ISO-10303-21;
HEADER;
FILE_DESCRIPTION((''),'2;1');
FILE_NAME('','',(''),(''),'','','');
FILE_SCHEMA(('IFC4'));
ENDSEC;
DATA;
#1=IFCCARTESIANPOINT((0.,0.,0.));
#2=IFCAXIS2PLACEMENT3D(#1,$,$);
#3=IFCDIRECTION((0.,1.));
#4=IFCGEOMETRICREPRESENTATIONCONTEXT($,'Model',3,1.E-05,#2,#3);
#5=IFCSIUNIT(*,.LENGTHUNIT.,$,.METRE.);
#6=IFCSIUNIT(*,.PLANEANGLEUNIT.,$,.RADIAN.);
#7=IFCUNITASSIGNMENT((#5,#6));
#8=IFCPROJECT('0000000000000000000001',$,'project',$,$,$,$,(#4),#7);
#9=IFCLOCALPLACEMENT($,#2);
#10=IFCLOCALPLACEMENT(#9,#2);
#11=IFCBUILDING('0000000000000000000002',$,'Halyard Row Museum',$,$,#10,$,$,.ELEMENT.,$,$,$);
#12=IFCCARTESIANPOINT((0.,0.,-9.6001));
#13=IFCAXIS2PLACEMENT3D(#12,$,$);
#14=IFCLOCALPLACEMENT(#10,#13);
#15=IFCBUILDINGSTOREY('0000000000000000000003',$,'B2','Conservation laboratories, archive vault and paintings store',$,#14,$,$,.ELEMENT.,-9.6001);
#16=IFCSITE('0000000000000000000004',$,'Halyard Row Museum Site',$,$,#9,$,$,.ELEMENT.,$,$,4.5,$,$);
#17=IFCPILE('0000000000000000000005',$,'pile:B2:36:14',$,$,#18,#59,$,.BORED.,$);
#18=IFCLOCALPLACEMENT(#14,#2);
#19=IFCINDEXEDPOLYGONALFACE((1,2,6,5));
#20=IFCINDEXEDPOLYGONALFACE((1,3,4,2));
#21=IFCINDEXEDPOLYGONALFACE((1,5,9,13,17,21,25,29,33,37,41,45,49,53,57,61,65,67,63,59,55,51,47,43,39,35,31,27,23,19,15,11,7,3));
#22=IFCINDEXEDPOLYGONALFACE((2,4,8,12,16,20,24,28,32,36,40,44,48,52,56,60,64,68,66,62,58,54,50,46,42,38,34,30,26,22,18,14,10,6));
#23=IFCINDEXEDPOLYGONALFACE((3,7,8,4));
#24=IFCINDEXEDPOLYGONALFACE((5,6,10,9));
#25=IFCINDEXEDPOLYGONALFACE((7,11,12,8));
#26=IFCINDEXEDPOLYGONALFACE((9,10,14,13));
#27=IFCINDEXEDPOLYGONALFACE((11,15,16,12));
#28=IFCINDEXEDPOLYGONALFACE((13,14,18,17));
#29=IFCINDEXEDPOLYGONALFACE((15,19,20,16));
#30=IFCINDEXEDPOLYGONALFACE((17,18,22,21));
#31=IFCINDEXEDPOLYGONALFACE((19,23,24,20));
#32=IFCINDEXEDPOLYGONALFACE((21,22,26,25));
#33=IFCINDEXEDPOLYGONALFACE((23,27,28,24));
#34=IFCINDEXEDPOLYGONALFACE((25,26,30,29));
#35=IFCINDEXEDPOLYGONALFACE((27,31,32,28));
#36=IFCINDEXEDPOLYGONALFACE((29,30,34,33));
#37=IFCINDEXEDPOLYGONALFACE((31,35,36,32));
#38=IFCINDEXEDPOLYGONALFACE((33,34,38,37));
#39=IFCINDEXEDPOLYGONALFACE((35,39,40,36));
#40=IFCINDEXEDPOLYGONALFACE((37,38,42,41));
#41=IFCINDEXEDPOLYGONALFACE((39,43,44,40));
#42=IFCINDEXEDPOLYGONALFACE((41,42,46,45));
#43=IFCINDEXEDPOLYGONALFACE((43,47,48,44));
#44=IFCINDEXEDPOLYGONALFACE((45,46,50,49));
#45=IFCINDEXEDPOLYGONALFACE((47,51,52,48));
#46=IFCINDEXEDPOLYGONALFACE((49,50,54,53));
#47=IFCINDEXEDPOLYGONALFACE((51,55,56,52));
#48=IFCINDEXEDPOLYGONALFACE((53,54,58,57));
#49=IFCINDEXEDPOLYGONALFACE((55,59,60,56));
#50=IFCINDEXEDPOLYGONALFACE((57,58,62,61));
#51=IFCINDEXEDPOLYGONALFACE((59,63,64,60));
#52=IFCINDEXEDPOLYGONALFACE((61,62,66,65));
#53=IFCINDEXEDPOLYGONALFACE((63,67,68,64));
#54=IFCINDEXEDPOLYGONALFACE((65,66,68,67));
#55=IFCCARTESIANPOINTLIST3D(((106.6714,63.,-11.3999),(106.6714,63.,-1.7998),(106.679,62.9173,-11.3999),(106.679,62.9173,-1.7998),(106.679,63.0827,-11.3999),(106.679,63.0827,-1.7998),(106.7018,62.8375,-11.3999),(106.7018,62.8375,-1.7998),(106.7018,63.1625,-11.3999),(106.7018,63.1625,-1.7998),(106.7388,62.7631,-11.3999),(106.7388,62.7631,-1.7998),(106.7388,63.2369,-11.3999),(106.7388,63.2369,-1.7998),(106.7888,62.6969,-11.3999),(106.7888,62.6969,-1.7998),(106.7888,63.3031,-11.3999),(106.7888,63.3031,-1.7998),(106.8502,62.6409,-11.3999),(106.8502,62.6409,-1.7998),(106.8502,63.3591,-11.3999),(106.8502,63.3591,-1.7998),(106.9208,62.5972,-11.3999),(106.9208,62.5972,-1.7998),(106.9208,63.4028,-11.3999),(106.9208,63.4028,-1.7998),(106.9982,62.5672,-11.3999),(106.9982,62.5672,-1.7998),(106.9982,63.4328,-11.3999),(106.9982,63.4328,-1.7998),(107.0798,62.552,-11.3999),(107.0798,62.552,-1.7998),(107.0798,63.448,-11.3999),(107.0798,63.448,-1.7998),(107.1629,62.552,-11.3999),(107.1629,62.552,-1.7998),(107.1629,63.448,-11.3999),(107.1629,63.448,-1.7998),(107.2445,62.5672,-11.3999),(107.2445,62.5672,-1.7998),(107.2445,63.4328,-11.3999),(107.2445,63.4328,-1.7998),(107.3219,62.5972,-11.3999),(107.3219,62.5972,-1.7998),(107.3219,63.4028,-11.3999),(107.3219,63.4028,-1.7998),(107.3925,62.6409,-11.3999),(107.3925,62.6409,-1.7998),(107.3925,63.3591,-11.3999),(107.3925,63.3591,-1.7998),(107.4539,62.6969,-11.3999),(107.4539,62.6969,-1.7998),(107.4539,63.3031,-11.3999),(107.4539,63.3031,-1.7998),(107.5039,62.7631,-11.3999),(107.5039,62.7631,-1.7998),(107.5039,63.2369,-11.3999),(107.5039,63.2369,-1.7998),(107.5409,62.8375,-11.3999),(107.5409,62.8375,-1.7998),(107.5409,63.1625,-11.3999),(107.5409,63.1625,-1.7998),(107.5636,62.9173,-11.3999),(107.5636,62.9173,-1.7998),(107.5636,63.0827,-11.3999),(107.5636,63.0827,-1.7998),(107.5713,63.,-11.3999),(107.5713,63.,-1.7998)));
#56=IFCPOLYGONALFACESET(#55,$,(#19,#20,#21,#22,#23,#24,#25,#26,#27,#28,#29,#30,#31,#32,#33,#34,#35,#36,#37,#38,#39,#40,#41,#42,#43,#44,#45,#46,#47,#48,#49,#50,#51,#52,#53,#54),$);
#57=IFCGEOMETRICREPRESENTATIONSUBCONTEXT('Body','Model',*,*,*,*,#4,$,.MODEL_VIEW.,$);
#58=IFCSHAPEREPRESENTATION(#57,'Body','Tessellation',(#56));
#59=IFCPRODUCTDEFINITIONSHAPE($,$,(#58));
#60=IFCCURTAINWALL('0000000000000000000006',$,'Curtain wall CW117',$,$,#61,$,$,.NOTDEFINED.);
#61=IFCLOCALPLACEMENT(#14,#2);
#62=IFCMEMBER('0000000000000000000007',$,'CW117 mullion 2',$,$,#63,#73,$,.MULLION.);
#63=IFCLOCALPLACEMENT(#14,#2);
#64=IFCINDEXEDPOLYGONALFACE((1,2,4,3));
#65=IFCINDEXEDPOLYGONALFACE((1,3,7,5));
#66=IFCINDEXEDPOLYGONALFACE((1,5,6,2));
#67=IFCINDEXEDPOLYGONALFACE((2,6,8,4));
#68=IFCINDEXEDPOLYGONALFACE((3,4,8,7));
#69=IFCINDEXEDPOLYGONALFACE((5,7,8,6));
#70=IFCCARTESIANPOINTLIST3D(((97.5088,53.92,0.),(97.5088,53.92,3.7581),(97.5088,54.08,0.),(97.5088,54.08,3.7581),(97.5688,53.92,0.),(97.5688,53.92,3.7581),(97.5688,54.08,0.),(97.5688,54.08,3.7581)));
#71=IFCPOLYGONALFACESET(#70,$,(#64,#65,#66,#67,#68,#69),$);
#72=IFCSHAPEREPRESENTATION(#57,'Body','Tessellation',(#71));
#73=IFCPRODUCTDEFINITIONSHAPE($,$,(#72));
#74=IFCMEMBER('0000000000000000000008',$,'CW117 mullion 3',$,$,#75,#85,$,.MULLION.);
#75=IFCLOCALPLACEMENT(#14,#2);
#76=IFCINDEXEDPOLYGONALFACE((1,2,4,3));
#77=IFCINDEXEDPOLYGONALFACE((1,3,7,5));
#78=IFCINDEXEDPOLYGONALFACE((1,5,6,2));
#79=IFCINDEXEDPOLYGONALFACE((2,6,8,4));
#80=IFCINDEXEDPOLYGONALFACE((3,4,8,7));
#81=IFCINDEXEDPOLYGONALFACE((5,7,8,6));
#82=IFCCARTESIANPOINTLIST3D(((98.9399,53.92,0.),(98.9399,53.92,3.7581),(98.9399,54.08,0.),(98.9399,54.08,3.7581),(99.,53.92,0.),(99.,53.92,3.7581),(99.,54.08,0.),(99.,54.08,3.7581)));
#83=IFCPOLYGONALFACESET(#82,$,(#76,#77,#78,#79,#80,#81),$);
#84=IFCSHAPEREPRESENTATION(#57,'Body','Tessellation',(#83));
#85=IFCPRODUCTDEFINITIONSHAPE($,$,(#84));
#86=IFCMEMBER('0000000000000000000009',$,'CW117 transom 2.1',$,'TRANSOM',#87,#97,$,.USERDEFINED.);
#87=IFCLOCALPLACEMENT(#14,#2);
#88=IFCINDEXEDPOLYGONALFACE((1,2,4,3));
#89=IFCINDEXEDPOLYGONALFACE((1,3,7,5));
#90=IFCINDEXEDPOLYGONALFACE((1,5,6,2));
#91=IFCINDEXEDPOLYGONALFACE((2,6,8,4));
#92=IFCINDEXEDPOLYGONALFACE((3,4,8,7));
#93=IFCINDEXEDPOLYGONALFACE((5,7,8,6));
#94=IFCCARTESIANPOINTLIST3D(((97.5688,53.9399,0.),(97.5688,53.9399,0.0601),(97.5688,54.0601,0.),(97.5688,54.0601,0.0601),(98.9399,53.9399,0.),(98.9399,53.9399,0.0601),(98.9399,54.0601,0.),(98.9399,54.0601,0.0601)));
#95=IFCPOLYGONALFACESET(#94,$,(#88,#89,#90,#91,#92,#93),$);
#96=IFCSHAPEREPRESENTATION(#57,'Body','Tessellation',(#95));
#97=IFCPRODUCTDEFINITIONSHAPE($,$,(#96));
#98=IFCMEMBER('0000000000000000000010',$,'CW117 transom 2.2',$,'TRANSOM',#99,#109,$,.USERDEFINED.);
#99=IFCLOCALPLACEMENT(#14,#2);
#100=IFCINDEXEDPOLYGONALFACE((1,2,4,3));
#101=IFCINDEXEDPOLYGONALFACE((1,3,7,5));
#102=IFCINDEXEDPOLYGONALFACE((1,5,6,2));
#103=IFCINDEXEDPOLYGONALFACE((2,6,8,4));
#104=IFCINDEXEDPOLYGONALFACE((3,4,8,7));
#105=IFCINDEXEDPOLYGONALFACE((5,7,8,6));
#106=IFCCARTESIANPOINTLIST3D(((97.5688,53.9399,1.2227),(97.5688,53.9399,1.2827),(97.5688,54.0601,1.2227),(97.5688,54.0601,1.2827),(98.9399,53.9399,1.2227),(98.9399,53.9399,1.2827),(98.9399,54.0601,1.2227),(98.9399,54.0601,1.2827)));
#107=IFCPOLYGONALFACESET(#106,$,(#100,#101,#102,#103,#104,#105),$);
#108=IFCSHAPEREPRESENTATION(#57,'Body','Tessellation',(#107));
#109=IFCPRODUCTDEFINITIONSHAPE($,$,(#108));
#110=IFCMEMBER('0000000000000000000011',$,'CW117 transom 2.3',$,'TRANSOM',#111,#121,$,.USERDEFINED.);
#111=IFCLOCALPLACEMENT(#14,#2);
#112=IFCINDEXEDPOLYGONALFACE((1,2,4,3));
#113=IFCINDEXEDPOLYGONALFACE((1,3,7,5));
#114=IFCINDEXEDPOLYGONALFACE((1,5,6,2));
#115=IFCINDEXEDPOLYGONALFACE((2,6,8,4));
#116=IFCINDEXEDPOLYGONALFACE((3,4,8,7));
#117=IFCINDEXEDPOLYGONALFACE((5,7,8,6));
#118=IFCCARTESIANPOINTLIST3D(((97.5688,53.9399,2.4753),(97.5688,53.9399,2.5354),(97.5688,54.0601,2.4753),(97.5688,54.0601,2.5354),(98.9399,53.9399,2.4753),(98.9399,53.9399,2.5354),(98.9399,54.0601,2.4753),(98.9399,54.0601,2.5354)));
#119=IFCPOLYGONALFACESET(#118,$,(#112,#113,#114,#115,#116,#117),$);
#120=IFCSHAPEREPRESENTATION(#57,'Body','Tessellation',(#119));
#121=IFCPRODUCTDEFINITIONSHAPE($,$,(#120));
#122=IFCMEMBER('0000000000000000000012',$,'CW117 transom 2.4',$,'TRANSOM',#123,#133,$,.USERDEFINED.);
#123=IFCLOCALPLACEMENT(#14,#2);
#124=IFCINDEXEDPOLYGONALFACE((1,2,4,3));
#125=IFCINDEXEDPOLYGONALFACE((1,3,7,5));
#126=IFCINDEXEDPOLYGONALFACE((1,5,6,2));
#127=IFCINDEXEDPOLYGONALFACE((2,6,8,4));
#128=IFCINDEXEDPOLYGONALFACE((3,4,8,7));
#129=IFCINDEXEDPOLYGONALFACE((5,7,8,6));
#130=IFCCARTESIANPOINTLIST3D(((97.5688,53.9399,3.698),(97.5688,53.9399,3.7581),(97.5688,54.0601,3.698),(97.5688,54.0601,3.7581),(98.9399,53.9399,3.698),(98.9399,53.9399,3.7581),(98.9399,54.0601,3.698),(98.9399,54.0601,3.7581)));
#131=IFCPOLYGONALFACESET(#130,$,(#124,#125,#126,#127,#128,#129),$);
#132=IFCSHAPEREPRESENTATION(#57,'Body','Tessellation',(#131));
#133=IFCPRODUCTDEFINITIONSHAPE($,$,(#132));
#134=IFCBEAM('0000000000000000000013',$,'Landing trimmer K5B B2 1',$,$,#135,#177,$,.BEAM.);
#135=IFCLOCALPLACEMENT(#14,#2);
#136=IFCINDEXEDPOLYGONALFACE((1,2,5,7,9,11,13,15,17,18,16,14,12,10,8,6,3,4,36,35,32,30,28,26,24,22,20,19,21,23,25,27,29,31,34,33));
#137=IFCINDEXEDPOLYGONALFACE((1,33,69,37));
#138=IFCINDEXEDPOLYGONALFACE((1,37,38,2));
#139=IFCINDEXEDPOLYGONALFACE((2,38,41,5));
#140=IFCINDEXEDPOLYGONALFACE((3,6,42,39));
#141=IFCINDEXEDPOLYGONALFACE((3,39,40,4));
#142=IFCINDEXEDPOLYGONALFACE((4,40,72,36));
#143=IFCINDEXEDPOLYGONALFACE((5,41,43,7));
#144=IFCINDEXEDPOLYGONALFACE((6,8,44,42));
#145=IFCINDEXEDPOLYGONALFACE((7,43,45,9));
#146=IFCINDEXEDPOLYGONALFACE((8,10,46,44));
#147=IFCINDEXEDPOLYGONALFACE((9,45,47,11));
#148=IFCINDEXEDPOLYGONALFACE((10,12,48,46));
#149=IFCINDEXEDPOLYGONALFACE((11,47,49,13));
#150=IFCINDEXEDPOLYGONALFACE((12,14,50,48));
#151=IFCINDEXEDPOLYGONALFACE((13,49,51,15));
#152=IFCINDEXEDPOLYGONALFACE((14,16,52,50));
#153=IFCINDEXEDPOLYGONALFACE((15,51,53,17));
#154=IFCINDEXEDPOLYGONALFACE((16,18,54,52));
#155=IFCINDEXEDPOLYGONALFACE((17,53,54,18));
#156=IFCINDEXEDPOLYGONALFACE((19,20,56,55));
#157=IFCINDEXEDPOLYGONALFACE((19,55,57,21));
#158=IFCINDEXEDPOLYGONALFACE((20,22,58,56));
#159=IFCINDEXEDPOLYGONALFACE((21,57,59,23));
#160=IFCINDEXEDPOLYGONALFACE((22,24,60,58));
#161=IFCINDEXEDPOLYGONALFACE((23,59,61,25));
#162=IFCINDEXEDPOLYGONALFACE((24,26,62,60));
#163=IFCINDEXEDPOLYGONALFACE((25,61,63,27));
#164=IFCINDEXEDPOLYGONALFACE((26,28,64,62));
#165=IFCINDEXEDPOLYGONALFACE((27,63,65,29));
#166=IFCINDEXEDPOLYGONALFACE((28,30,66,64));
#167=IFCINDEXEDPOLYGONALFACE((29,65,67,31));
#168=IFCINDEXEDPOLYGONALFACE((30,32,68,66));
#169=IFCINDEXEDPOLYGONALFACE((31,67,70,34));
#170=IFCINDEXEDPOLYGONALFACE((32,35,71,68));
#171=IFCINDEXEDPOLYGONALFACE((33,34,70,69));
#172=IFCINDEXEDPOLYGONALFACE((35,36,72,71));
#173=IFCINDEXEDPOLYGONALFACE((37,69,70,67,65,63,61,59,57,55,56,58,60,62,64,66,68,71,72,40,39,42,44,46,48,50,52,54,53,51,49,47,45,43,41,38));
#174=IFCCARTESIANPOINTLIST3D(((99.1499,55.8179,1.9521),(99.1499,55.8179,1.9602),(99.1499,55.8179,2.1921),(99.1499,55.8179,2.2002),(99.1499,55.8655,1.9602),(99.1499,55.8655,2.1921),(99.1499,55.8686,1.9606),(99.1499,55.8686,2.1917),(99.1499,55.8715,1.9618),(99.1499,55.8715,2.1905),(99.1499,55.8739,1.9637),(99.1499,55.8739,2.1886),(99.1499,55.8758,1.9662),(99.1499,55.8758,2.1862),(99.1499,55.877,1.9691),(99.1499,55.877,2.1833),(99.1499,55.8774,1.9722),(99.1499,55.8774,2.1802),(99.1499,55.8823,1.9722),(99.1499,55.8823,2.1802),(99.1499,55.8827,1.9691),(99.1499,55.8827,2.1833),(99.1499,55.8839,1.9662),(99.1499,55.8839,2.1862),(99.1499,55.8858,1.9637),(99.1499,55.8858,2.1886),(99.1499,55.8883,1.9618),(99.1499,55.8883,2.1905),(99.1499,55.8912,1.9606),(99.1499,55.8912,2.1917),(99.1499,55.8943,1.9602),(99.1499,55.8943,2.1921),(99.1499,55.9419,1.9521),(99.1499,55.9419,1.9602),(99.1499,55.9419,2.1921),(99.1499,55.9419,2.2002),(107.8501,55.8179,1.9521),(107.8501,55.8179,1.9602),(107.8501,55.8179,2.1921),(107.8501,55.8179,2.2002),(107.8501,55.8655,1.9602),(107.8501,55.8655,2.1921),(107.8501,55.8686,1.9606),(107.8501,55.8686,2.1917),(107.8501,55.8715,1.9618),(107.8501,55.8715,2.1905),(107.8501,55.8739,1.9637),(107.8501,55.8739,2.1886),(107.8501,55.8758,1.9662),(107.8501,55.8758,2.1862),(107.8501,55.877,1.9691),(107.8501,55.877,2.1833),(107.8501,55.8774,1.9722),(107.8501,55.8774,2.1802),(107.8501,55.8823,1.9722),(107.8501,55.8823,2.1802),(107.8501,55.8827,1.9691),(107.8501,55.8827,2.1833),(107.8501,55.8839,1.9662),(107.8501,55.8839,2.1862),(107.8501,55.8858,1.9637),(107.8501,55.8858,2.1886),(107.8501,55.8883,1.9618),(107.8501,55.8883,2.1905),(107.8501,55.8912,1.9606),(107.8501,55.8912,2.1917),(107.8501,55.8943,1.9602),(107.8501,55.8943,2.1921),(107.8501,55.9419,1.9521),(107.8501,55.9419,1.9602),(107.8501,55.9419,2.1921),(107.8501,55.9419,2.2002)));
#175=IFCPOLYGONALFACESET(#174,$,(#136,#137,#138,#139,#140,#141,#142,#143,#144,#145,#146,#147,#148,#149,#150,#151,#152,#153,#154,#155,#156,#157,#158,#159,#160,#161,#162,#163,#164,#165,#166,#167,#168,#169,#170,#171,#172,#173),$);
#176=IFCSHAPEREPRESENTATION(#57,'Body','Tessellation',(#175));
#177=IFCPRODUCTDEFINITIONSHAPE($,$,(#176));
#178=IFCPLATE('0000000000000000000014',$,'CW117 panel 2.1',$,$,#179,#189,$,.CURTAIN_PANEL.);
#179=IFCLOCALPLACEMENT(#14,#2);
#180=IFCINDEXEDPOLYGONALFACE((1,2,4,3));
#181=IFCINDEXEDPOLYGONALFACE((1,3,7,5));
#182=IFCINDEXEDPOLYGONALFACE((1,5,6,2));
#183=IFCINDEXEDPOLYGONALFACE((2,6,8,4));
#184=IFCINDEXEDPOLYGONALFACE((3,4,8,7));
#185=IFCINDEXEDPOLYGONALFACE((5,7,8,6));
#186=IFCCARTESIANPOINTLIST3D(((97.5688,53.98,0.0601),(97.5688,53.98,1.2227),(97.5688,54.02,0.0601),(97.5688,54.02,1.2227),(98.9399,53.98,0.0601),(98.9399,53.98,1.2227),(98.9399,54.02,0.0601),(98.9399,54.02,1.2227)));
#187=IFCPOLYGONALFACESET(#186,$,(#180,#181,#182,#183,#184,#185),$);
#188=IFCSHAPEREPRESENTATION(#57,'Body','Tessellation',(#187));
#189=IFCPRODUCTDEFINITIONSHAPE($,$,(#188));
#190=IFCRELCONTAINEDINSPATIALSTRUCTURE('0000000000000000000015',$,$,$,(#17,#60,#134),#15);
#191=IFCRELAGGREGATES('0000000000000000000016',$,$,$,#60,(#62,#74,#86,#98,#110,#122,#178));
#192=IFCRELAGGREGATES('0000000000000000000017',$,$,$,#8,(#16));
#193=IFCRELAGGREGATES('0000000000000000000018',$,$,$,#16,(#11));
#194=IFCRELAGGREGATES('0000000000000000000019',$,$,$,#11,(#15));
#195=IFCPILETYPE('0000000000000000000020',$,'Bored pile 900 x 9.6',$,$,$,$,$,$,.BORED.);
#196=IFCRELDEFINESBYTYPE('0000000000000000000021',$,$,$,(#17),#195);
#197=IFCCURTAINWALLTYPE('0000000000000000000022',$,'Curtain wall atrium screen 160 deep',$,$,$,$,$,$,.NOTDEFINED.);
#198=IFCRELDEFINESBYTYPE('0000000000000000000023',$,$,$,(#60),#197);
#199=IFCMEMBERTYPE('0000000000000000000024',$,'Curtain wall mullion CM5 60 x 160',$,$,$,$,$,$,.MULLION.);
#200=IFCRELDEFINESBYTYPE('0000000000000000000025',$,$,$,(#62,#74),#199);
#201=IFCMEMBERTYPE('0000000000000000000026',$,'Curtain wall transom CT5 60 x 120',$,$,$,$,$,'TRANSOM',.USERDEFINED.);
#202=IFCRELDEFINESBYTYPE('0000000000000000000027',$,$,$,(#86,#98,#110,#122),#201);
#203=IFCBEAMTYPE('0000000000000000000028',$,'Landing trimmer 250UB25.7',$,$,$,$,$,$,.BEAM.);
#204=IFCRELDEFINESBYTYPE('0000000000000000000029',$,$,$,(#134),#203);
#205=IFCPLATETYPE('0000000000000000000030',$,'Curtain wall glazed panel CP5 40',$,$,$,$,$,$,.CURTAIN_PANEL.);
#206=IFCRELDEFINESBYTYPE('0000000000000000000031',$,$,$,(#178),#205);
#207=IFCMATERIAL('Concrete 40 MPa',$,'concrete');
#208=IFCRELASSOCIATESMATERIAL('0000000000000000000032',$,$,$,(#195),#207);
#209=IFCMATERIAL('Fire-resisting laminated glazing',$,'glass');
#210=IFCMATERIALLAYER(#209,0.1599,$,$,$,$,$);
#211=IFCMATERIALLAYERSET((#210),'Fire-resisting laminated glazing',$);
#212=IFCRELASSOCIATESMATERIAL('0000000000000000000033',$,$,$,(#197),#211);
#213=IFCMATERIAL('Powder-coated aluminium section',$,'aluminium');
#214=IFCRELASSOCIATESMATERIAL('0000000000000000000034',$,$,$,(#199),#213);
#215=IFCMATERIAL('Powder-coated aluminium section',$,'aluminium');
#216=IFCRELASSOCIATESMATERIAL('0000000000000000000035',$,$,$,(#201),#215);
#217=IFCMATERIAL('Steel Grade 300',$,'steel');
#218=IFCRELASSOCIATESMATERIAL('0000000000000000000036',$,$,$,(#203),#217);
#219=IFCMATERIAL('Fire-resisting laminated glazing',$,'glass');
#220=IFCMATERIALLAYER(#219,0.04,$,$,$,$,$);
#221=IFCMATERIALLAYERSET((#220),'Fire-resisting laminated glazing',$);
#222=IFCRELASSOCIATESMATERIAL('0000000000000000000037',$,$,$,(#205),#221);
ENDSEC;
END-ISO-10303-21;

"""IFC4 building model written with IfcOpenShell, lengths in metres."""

from ifc_helpers import new_model, si_unit, direction, frame, origin, origin_2d, place, context, subcontext, project, spatial, rectangle, circle, i_section, extrude, material, layer, layer_set, material_profile, profile_set, type_object, element, aggregate, save


model = new_model("IFC4")

# Units and contexts
model_context = context("Model", 3, precision=1e-05, world=origin(), true_north=direction((0.0, 1.0)))
body_context = subcontext(model_context, "Body", "Model", "MODEL_VIEW")
ifc_project = project(units=[si_unit("LENGTHUNIT", "METRE"), si_unit("PLANEANGLEUNIT", "RADIAN")], contexts=[model_context])

# Site, building, storey
site_placement = place(None, origin())
site = spatial("IfcSite", under=ifc_project, at=site_placement, Name="Halyard Row Museum Site", CompositionType="ELEMENT", RefElevation=4.5)
building_placement = place(site_placement, origin())
building = spatial("IfcBuilding", under=site, at=building_placement, Name="Halyard Row Museum", CompositionType="ELEMENT")
storey_placement = place(building_placement, frame((0.0, 0.0, -9.6001)))
storey = spatial("IfcBuildingStorey", under=building, at=storey_placement, Name="B2", Description="Conservation laboratories, archive vault and paintings store", CompositionType="ELEMENT", Elevation=-9.6001)

# Pile
ifc_material_1 = material(Name="Concrete 40 MPa", Category="concrete")
ifc_material_profile_1 = material_profile(ifc_material_1, circle(Radius=0.45, at=origin_2d()), Name="Bored pile 900 x 9.6")
ifc_profile_set_1 = profile_set([ifc_material_profile_1], Name="Concrete 40 MPa")
pile_type_1 = type_object("IfcPileType", Name="Bored pile 900 x 9.6", PredefinedType="BORED", material=ifc_profile_set_1)
for number, where, z_axis, x_axis, name in (
    (1, (107.1213, 63.0, -1.7998), (0.0, 0.0, -1.0), (1.0, 0.0, 0.0), "pile:B2:36:14"),
):
    element("IfcPile", number, at=place(storey_placement, frame(where, z_axis=z_axis, x_axis=x_axis)), inside=storey, type_object=pile_type_1, Name=name, PredefinedType="BORED", context=body_context, shape_type="SweptSolid", body=[
        extrude(circle(Radius=0.45, at=origin_2d()), origin(), (0.0, 0.0, 1.0), 9.6001),
    ])

# Curtain wall, members
ifc_material_2 = material(Name="Fire-resisting laminated glazing", Category="glass")
ifc_layer_1 = layer(ifc_material_2, 0.1599)
ifc_layer_set_1 = layer_set([ifc_layer_1], Name="Fire-resisting laminated glazing")
curtain_wall_type = type_object("IfcCurtainWallType", Name="Curtain wall atrium screen 160 deep", PredefinedType="NOTDEFINED", material=ifc_layer_set_1)
curtain_wall_placement = place(storey_placement, origin())
curtain_wall = element("IfcCurtainWall", 2, at=curtain_wall_placement, inside=storey, type_object=curtain_wall_type, Name="Curtain wall CW117", PredefinedType="NOTDEFINED")
ifc_material_3 = material(Name="Powder-coated aluminium section", Category="aluminium")
ifc_material_profile_2 = material_profile(ifc_material_3, rectangle(XDim=0.1599, YDim=0.0601, at=origin_2d()), Name="160x60 mullion")
ifc_profile_set_2 = profile_set([ifc_material_profile_2], Name="Powder-coated aluminium section")
member_type_1 = type_object("IfcMemberType", Name="Curtain wall mullion CM5 60 x 160", PredefinedType="MULLION", material=ifc_profile_set_2)
member_1_placement = place(storey_placement, frame((97.5388, 54.0, 0.0), z_axis=(0.0, 0.0, 1.0), x_axis=(0.0, 1.0, 0.0)))
member_1 = element("IfcMember", 3, at=member_1_placement, type_object=member_type_1, Name="CW117 mullion 2", PredefinedType="MULLION", context=body_context, shape_type="SweptSolid", body=[
    extrude(rectangle(XDim=0.1599, YDim=0.0601, at=origin_2d()), origin(), (0.0, 0.0, 1.0), 3.7581),
])
member_2_placement = place(storey_placement, frame((98.97, 54.0, 0.0), z_axis=(0.0, 0.0, 1.0), x_axis=(0.0, 1.0, 0.0)))
member_2 = element("IfcMember", 4, at=member_2_placement, type_object=member_type_1, Name="CW117 mullion 3", PredefinedType="MULLION", context=body_context, shape_type="SweptSolid", body=[
    extrude(rectangle(XDim=0.1599, YDim=0.0601, at=origin_2d()), origin(), (0.0, 0.0, 1.0), 3.7581),
])
ifc_material_4 = material(Name="Powder-coated aluminium section", Category="aluminium")
ifc_material_profile_3 = material_profile(ifc_material_4, rectangle(XDim=0.1201, YDim=0.0601, at=origin_2d()), Name="120x60 transom")
ifc_profile_set_3 = profile_set([ifc_material_profile_3], Name="Powder-coated aluminium section")
member_type_2 = type_object("IfcMemberType", Name="Curtain wall transom CT5 60 x 120", ElementType="TRANSOM", PredefinedType="USERDEFINED", material=ifc_profile_set_3)
member_3_placement = place(storey_placement, frame((97.5688, 54.0, 0.03), z_axis=(1.0, 0.0, 0.0), x_axis=(0.0, 1.0, 0.0)))
member_3 = element("IfcMember", 5, at=member_3_placement, type_object=member_type_2, Name="CW117 transom 2.1", ObjectType="TRANSOM", PredefinedType="USERDEFINED", context=body_context, shape_type="SweptSolid", body=[
    extrude(rectangle(XDim=0.1201, YDim=0.0601, at=origin_2d()), origin(), (0.0, 0.0, 1.0), 1.3711),
])
member_4_placement = place(storey_placement, frame((97.5688, 54.0, 1.2527), z_axis=(1.0, 0.0, 0.0), x_axis=(0.0, 1.0, 0.0)))
member_4 = element("IfcMember", 6, at=member_4_placement, type_object=member_type_2, Name="CW117 transom 2.2", ObjectType="TRANSOM", PredefinedType="USERDEFINED", context=body_context, shape_type="SweptSolid", body=[
    extrude(rectangle(XDim=0.1201, YDim=0.0601, at=origin_2d()), origin(), (0.0, 0.0, 1.0), 1.3711),
])
member_5_placement = place(storey_placement, frame((97.5688, 54.0, 2.5054), z_axis=(1.0, 0.0, 0.0), x_axis=(0.0, 1.0, 0.0)))
member_5 = element("IfcMember", 7, at=member_5_placement, type_object=member_type_2, Name="CW117 transom 2.3", ObjectType="TRANSOM", PredefinedType="USERDEFINED", context=body_context, shape_type="SweptSolid", body=[
    extrude(rectangle(XDim=0.1201, YDim=0.0601, at=origin_2d()), origin(), (0.0, 0.0, 1.0), 1.3711),
])
member_6_placement = place(storey_placement, frame((97.5688, 54.0, 3.728), z_axis=(1.0, 0.0, 0.0), x_axis=(0.0, 1.0, 0.0)))
member_6 = element("IfcMember", 8, at=member_6_placement, type_object=member_type_2, Name="CW117 transom 2.4", ObjectType="TRANSOM", PredefinedType="USERDEFINED", context=body_context, shape_type="SweptSolid", body=[
    extrude(rectangle(XDim=0.1201, YDim=0.0601, at=origin_2d()), origin(), (0.0, 0.0, 1.0), 1.3711),
])

# Beam
ifc_material_5 = material(Name="Steel Grade 300", Category="steel")
ifc_material_profile_4 = material_profile(ifc_material_5, i_section(OverallWidth=0.124, OverallDepth=0.248, WebThickness=0.0049, FlangeThickness=0.0081, FilletRadius=0.012, at=origin_2d()), Name="250UB25.7")
ifc_profile_set_4 = profile_set([ifc_material_profile_4], Name="Steel Grade 300")
beam_type = type_object("IfcBeamType", Name="Landing trimmer 250UB25.7", PredefinedType="BEAM", material=ifc_profile_set_4)
beam_placement = place(storey_placement, frame((107.8501, 55.8799, 2.0762), z_axis=(-1.0, 0.0, 0.0), x_axis=(0.0, -1.0, 0.0)))
element("IfcBeam", 9, at=beam_placement, inside=storey, type_object=beam_type, Name="Landing trimmer K5B B2 1", PredefinedType="BEAM", context=body_context, shape_type="SweptSolid", body=[
    extrude(i_section(OverallWidth=0.124, OverallDepth=0.248, WebThickness=0.0049, FlangeThickness=0.0081, FilletRadius=0.012, at=origin_2d()), origin(), (0.0, 0.0, 1.0), 8.7002),
])

# Plate
ifc_material_6 = material(Name="Fire-resisting laminated glazing", Category="glass")
ifc_layer_2 = layer(ifc_material_6, 0.04)
ifc_layer_set_2 = layer_set([ifc_layer_2], Name="Fire-resisting laminated glazing")
plate_type = type_object("IfcPlateType", Name="Curtain wall glazed panel CP5 40", PredefinedType="CURTAIN_PANEL", material=ifc_layer_set_2)
plate_1_placement = place(storey_placement, frame((98.2544, 54.0, 0.0601), z_axis=(0.0, 0.0, 1.0), x_axis=(1.0, 0.0, 0.0)))
plate_1 = element("IfcPlate", 10, at=plate_1_placement, type_object=plate_type, Name="CW117 panel 2.1", PredefinedType="CURTAIN_PANEL", context=body_context, shape_type="SweptSolid", body=[
    extrude(rectangle(XDim=1.3711, YDim=0.04, at=origin_2d()), origin(), (0.0, 0.0, 1.0), 1.1626),
])
aggregate(curtain_wall, [member_1, member_2, member_3, member_4, member_5, member_6, plate_1])

save(model, "model.ifc")
